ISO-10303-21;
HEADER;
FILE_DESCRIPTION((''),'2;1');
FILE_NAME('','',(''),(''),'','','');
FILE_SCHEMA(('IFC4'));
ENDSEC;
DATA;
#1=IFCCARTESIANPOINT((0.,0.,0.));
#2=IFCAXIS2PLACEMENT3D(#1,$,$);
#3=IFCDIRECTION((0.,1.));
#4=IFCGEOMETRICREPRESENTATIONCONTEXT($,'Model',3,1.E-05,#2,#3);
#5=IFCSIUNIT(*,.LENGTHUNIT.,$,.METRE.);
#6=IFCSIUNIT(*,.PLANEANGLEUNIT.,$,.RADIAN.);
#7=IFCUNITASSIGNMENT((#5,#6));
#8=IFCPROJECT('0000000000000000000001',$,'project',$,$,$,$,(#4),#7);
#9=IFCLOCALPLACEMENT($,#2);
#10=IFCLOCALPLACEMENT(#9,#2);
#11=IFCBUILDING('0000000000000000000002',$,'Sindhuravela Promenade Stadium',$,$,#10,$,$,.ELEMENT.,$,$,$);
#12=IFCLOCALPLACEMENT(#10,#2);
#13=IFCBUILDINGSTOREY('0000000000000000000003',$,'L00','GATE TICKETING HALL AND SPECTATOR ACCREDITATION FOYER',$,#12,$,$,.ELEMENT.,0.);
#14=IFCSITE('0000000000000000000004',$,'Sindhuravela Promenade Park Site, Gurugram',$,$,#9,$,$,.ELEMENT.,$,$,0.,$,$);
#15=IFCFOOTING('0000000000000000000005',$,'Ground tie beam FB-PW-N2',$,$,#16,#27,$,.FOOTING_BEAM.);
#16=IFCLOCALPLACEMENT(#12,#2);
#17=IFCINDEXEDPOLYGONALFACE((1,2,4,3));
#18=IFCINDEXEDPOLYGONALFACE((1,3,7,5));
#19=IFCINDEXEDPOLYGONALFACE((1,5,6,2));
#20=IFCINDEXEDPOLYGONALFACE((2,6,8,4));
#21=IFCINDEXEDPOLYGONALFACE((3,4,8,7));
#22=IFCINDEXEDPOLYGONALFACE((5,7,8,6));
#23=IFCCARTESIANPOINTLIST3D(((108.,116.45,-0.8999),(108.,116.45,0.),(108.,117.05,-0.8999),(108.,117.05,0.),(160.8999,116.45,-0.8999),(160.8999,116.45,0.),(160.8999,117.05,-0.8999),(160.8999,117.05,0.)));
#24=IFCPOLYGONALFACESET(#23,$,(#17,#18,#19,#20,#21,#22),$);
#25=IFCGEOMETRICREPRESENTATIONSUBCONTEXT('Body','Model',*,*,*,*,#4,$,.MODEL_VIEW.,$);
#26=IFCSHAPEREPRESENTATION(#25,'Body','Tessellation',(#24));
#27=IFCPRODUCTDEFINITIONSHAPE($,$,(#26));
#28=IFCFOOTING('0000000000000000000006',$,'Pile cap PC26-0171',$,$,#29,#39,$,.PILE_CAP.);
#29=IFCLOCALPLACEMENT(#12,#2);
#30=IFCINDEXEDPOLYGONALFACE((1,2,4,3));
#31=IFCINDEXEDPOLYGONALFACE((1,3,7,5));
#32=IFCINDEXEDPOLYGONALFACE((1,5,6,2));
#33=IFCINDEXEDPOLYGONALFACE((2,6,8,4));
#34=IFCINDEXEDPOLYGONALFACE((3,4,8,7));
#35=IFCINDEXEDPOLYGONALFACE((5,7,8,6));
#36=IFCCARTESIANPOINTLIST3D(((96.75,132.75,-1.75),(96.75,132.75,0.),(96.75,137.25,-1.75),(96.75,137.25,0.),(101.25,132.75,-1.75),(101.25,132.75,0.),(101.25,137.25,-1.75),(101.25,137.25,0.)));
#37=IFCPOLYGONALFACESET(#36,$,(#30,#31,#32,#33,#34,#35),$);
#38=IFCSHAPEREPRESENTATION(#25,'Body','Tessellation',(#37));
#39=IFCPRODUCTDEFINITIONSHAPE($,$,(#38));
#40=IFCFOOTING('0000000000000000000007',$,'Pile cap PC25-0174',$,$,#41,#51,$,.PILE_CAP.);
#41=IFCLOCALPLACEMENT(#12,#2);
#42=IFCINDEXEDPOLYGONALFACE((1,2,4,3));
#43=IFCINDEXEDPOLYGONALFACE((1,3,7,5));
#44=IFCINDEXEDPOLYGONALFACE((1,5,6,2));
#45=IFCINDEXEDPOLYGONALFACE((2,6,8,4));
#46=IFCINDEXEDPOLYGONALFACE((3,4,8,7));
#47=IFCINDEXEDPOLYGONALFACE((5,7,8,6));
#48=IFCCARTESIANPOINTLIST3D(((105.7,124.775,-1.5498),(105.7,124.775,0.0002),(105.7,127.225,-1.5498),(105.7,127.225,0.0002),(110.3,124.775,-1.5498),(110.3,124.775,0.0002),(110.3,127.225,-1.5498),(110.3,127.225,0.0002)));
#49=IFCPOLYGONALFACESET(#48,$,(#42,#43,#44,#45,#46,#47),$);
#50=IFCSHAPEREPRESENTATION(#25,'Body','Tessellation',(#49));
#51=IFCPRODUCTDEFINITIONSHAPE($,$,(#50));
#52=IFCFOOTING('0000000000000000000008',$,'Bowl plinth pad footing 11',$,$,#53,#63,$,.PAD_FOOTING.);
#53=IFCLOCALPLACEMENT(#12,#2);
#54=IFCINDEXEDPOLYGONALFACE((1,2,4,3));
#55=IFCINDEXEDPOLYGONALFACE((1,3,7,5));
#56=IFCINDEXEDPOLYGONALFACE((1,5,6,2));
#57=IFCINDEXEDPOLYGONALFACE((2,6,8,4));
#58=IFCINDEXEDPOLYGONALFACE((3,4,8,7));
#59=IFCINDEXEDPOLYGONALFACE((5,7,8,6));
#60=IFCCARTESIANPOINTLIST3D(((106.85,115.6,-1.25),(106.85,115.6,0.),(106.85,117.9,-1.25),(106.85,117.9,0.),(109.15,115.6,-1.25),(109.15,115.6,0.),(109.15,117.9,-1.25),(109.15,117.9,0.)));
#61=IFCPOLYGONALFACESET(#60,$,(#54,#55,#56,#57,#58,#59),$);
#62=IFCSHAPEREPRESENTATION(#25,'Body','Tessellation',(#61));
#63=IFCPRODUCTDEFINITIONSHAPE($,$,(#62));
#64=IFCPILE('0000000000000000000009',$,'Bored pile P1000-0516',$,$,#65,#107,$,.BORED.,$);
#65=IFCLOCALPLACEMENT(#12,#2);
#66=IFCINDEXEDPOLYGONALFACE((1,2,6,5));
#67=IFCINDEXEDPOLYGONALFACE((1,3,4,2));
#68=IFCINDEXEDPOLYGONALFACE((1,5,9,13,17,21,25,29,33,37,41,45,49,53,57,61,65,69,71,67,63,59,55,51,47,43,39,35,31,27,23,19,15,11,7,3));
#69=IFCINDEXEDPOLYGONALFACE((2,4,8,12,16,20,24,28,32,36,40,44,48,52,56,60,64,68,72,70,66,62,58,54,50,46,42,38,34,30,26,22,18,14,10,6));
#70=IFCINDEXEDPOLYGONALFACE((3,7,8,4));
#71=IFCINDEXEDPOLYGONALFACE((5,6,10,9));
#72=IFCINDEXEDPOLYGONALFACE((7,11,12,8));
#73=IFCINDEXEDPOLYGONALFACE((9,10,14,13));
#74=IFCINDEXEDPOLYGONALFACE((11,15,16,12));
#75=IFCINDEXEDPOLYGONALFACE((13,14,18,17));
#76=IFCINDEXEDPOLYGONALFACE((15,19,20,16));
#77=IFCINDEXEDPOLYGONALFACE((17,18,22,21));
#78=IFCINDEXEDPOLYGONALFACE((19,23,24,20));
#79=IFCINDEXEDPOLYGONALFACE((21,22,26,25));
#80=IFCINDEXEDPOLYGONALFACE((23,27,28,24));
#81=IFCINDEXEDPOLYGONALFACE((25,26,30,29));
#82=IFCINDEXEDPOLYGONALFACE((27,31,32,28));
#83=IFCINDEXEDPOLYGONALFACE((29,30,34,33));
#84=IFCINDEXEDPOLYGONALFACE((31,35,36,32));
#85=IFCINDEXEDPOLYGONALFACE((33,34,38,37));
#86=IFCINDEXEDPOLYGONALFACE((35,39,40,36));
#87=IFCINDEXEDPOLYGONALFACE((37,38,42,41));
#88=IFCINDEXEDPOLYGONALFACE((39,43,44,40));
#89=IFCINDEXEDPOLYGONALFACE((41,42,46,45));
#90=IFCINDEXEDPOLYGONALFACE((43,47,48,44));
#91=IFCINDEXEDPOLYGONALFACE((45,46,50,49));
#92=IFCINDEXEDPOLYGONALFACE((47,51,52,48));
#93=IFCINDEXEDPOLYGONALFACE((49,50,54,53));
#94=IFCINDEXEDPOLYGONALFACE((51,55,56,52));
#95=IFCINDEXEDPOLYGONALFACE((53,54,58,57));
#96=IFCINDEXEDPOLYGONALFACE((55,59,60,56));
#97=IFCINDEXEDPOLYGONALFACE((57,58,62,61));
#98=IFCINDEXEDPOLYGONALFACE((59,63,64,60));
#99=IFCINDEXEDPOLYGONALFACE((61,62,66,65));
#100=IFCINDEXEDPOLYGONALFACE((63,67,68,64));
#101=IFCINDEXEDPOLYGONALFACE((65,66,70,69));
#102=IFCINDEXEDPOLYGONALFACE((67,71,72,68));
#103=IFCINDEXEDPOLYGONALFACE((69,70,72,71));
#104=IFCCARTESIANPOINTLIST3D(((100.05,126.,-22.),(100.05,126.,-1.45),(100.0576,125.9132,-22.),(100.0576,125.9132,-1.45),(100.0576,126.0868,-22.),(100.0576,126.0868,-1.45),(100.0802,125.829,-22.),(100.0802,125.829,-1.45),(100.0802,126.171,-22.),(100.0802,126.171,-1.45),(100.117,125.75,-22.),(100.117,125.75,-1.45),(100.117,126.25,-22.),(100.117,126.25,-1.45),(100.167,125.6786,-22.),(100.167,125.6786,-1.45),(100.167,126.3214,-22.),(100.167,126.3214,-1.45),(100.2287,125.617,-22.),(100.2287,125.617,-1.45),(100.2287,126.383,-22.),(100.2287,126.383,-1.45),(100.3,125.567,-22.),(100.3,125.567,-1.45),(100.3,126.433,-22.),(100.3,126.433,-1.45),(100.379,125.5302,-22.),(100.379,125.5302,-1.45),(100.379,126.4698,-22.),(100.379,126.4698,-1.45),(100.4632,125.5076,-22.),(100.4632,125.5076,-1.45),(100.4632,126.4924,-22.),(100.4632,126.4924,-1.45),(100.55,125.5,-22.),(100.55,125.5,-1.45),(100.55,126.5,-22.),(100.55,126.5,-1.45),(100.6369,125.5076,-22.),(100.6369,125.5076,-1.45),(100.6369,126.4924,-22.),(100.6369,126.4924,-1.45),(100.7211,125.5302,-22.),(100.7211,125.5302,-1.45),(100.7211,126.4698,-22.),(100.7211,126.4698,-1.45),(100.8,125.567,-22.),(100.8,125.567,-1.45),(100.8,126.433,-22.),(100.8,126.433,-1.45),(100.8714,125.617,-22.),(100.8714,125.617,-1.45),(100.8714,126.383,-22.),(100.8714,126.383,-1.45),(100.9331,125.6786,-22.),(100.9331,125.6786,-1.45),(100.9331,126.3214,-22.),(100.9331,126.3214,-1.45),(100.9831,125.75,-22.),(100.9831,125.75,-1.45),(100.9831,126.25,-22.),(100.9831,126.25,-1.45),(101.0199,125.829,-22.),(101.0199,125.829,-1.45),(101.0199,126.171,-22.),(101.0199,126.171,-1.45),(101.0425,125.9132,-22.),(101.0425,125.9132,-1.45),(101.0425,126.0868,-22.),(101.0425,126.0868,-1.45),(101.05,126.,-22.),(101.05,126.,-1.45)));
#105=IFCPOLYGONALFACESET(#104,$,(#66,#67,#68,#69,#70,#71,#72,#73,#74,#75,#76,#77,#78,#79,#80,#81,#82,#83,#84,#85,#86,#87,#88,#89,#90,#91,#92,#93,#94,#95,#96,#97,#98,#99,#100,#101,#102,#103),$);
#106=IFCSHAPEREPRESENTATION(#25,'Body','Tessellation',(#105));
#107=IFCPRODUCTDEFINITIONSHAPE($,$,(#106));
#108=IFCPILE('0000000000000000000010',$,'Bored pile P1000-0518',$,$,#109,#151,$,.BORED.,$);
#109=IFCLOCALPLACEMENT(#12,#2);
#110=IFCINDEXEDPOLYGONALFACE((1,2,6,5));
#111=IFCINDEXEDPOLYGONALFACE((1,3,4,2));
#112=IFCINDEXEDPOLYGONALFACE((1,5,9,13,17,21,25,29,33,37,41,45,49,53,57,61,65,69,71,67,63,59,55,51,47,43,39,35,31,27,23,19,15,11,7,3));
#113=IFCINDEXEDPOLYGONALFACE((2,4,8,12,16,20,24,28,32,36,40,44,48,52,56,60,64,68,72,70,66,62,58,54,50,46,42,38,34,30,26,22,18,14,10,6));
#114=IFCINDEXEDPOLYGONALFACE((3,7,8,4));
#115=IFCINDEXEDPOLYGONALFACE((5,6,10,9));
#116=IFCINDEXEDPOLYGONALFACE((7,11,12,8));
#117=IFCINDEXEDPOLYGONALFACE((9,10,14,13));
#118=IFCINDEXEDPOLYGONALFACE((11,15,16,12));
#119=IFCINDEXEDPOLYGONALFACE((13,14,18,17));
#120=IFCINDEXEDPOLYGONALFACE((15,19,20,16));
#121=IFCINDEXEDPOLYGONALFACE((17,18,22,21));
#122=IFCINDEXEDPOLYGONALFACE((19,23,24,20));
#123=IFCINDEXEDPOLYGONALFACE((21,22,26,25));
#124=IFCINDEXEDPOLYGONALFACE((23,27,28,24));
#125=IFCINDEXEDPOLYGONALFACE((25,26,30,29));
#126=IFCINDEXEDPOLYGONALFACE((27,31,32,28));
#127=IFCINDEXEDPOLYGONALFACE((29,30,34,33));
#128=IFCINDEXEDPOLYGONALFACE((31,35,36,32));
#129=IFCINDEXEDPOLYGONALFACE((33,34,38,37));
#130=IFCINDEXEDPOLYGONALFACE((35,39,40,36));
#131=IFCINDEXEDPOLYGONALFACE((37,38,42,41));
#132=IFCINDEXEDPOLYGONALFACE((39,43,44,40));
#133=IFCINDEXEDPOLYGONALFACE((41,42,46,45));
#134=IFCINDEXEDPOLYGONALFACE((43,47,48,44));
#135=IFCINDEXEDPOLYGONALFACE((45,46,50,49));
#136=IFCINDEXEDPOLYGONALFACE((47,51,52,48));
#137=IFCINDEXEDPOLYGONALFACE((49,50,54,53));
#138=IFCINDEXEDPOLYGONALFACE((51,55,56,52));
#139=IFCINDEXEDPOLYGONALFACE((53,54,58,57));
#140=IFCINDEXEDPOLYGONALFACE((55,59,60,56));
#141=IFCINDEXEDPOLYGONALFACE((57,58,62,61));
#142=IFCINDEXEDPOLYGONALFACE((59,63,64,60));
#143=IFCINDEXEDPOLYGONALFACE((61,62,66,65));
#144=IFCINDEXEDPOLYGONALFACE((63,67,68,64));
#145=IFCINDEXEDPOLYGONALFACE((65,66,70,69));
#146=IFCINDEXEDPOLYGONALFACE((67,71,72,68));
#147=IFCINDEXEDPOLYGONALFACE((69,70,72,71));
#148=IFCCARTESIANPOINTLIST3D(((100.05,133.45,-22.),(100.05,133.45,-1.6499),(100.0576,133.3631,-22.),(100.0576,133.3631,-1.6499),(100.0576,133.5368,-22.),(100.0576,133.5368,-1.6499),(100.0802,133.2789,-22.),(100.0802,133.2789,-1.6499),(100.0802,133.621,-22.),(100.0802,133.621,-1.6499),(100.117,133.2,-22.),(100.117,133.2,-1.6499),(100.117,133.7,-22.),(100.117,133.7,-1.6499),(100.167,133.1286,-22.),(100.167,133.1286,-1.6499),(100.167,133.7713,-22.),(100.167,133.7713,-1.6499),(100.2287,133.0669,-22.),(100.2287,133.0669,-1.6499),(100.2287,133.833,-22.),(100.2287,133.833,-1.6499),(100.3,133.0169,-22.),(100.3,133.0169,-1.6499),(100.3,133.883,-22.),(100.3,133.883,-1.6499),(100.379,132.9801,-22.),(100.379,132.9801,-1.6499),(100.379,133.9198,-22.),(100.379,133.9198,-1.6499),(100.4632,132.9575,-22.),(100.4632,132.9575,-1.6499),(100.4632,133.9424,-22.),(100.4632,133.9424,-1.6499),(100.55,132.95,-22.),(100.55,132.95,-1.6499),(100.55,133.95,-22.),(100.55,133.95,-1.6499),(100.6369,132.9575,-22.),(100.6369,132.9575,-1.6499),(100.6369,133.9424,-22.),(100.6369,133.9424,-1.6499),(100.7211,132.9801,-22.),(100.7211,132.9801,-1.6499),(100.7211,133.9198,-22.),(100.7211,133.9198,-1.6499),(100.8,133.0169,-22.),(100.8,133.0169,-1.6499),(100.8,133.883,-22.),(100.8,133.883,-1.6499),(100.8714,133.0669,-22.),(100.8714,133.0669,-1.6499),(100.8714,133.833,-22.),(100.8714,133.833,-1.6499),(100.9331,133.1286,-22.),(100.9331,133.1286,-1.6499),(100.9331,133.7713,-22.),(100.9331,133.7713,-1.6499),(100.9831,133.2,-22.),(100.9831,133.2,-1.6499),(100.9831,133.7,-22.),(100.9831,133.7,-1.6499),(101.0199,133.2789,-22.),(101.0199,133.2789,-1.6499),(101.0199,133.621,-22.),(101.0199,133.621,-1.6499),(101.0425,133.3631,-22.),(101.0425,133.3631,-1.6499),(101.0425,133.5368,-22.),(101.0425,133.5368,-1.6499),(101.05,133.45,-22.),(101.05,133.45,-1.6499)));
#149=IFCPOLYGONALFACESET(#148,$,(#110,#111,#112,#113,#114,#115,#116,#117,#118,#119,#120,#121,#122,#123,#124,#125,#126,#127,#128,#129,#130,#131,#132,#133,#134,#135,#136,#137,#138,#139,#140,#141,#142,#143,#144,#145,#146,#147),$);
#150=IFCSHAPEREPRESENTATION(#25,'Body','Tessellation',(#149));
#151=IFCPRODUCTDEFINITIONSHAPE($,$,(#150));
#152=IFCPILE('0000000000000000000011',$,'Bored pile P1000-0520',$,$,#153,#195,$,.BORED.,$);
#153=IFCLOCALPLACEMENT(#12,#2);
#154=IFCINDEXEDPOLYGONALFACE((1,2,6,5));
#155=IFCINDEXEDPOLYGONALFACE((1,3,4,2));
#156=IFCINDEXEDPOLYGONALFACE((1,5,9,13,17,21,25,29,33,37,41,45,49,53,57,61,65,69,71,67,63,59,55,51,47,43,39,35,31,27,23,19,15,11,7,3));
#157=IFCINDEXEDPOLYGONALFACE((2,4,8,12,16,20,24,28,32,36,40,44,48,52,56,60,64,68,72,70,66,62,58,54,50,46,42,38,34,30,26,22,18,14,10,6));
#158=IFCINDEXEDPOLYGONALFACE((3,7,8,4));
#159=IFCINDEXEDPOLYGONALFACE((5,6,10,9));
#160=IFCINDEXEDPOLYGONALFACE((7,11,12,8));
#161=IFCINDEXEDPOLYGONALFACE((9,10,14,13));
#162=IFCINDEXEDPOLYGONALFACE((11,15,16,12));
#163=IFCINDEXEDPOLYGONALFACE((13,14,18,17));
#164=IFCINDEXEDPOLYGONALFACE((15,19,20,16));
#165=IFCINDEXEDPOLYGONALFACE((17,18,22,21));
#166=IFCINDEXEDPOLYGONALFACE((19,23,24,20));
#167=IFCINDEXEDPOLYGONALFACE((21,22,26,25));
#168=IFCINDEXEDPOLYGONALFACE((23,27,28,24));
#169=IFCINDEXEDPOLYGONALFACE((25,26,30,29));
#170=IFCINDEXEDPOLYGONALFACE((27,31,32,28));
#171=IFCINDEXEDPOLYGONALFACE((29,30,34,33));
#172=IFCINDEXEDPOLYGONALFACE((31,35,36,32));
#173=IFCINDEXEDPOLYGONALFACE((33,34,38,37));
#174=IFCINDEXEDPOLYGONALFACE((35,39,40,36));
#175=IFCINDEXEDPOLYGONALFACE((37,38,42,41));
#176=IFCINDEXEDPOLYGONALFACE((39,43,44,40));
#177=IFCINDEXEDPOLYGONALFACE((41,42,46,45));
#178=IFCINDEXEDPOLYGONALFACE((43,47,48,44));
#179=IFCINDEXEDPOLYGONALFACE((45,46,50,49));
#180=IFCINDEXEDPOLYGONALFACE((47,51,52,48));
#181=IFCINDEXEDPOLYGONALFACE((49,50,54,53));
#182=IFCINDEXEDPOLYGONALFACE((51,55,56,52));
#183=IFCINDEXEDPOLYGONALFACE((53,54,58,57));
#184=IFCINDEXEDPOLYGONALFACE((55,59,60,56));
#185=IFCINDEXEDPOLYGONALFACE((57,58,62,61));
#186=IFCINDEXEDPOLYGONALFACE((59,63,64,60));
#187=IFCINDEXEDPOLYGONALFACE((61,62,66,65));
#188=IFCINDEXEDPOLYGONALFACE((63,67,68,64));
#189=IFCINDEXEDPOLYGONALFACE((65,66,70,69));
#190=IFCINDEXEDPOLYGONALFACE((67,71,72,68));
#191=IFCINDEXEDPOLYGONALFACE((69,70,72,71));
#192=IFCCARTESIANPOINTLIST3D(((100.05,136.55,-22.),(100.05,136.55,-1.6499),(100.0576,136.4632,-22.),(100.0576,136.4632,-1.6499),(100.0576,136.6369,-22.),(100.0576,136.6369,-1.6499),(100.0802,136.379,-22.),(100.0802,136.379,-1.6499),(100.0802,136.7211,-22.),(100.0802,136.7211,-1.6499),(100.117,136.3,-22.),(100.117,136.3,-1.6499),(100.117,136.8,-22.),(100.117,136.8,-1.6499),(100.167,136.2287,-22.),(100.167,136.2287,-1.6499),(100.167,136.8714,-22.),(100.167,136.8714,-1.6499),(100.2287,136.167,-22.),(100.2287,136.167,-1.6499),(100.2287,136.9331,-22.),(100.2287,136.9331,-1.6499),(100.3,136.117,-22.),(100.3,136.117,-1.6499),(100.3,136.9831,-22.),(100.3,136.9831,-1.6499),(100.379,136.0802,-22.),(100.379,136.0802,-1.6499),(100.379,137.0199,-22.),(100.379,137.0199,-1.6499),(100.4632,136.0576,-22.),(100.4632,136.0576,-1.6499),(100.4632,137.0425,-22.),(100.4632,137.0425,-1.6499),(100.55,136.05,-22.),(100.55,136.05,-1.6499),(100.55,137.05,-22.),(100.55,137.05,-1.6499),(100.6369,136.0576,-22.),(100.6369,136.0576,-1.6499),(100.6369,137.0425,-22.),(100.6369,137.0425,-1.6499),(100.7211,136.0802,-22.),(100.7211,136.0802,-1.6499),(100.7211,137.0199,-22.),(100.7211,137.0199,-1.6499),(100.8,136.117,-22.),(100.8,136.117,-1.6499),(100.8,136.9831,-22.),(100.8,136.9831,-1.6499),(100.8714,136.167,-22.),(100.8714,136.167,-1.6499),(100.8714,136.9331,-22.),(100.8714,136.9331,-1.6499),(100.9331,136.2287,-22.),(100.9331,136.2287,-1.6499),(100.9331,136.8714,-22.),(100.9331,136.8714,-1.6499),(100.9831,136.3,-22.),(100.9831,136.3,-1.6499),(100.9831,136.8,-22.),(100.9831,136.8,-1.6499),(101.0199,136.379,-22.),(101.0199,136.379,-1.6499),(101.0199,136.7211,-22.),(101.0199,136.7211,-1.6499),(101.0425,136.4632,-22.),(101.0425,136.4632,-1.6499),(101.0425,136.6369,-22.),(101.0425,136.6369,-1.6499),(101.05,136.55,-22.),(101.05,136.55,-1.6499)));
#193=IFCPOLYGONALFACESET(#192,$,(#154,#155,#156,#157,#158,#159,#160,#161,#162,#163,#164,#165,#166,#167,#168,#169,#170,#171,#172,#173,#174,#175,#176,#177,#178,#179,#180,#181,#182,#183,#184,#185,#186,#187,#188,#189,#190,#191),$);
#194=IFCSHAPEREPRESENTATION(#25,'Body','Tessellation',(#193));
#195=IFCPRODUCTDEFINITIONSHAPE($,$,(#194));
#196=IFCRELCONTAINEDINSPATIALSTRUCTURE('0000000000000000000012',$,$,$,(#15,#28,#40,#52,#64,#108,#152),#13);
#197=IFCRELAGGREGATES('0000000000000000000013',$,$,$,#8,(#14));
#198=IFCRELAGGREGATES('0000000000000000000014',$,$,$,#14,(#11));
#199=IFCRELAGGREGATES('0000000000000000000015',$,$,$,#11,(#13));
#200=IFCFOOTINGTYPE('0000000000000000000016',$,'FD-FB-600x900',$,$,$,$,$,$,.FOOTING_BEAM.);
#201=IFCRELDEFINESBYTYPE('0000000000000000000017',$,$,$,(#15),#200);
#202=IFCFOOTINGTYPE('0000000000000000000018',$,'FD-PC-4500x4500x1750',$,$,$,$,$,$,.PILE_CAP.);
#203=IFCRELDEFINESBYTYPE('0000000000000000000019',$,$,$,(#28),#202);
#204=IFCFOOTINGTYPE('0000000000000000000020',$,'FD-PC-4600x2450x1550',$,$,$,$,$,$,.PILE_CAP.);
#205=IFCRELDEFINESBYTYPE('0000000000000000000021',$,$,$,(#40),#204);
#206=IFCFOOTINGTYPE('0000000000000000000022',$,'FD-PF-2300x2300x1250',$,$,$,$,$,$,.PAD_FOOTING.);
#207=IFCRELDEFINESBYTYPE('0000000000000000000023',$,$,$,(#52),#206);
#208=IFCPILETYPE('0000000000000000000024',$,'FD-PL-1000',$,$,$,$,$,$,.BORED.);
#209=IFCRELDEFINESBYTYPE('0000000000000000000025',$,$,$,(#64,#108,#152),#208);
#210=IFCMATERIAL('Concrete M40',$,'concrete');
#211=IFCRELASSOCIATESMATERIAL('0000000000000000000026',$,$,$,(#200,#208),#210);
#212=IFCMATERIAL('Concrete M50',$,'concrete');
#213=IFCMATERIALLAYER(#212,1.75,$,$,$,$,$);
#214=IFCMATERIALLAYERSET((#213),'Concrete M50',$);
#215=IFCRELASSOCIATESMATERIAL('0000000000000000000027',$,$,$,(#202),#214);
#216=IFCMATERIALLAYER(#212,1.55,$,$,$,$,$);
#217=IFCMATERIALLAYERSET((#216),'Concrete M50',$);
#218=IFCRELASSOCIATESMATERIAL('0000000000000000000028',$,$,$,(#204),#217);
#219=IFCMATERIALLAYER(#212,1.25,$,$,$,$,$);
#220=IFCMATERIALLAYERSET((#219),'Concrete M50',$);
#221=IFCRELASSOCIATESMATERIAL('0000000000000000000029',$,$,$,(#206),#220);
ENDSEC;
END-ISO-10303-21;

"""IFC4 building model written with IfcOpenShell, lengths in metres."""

from ifc_helpers import new_model, si_unit, direction, frame, origin, origin_2d, place, context, subcontext, project, spatial, rectangle, circle, extrude, material, layer, layer_set, material_profile, profile_set, type_object, element, save


model = new_model("IFC4")

# Units and contexts
model_context = context("Model", 3, precision=1e-05, world=origin(), true_north=direction((0.0, 1.0)))
body_context = subcontext(model_context, "Body", "Model", "MODEL_VIEW")
ifc_project = project(units=[si_unit("LENGTHUNIT", "METRE"), si_unit("PLANEANGLEUNIT", "RADIAN")], contexts=[model_context])

# Site, building, storey
site_placement = place(None, origin())
site = spatial("IfcSite", under=ifc_project, at=site_placement, Name="Sindhuravela Promenade Park Site, Gurugram", CompositionType="ELEMENT", RefElevation=0.0)
building_placement = place(site_placement, origin())
building = spatial("IfcBuilding", under=site, at=building_placement, Name="Sindhuravela Promenade Stadium", CompositionType="ELEMENT")
storey_placement = place(building_placement, origin())
storey = spatial("IfcBuildingStorey", under=building, at=storey_placement, Name="L00", Description="GATE TICKETING HALL AND SPECTATOR ACCREDITATION FOYER", CompositionType="ELEMENT", Elevation=0.0)

# Footings
ifc_material_1 = material(Name="Concrete M40", Category="concrete")
ifc_material_profile_1 = material_profile(ifc_material_1, rectangle(XDim=0.6001, YDim=0.8999, at=origin_2d()), Name="RC 600x900")
ifc_profile_set_1 = profile_set([ifc_material_profile_1], Name="Concrete M40")
footing_type_1 = type_object("IfcFootingType", Name="FD-FB-600x900", PredefinedType="FOOTING_BEAM", material=ifc_profile_set_1)
footing_1_placement = place(storey_placement, frame((108.0, 116.75, -0.45), z_axis=(1.0, 0.0, 0.0), x_axis=(0.0, 1.0, 0.0)))
element("IfcFooting", 1, at=footing_1_placement, inside=storey, type_object=footing_type_1, Name="Ground tie beam FB-PW-N2", PredefinedType="FOOTING_BEAM", context=body_context, shape_type="SweptSolid", body=[
    extrude(rectangle(XDim=0.6001, YDim=0.8999, at=origin_2d()), origin(), (0.0, 0.0, 1.0), 52.8999),
])
ifc_material_2 = material(Name="Concrete M50", Category="concrete")
ifc_layer_1 = layer(ifc_material_2, 1.75)
ifc_layer_set_1 = layer_set([ifc_layer_1], Name="Concrete M50")
footing_type_2 = type_object("IfcFootingType", Name="FD-PC-4500x4500x1750", PredefinedType="PILE_CAP", material=ifc_layer_set_1)
footing_2_placement = place(storey_placement, frame((99.0, 135.0, -1.75), z_axis=(0.0, 0.0, 1.0), x_axis=(1.0, 0.0, 0.0)))
element("IfcFooting", 2, at=footing_2_placement, inside=storey, type_object=footing_type_2, Name="Pile cap PC26-0171", PredefinedType="PILE_CAP", context=body_context, shape_type="SweptSolid", body=[
    extrude(rectangle(XDim=4.5, YDim=4.5, at=origin_2d()), origin(), (0.0, 0.0, 1.0), 1.75),
])
ifc_layer_2 = layer(ifc_material_2, 1.55)
ifc_layer_set_2 = layer_set([ifc_layer_2], Name="Concrete M50")
footing_type_3 = type_object("IfcFootingType", Name="FD-PC-4600x2450x1550", PredefinedType="PILE_CAP", material=ifc_layer_set_2)
footing_3_placement = place(storey_placement, frame((108.0, 126.0, -1.5498), z_axis=(0.0, 0.0, 1.0), x_axis=(1.0, 0.0, 0.0)))
element("IfcFooting", 3, at=footing_3_placement, inside=storey, type_object=footing_type_3, Name="Pile cap PC25-0174", PredefinedType="PILE_CAP", context=body_context, shape_type="SweptSolid", body=[
    extrude(rectangle(XDim=4.6001, YDim=2.45, at=origin_2d()), origin(), (0.0, 0.0, 1.0), 1.55),
])
ifc_layer_3 = layer(ifc_material_2, 1.25)
ifc_layer_set_3 = layer_set([ifc_layer_3], Name="Concrete M50")
footing_type_4 = type_object("IfcFootingType", Name="FD-PF-2300x2300x1250", PredefinedType="PAD_FOOTING", material=ifc_layer_set_3)
footing_4_placement = place(storey_placement, frame((108.0, 116.75, -1.25), z_axis=(0.0, 0.0, 1.0), x_axis=(1.0, 0.0, 0.0)))
element("IfcFooting", 4, at=footing_4_placement, inside=storey, type_object=footing_type_4, Name="Bowl plinth pad footing 11", PredefinedType="PAD_FOOTING", context=body_context, shape_type="SweptSolid", body=[
    extrude(rectangle(XDim=2.3, YDim=2.3, at=origin_2d()), origin(), (0.0, 0.0, 1.0), 1.25),
])

# Piles
ifc_material_profile_2 = material_profile(ifc_material_1, circle(Radius=0.5, at=origin_2d()), Name="BORED PILE D1000")
ifc_profile_set_2 = profile_set([ifc_material_profile_2], Name="Concrete M40")
pile_type = type_object("IfcPileType", Name="FD-PL-1000", PredefinedType="BORED", material=ifc_profile_set_2)
pile_1_placement = place(storey_placement, frame((100.55, 126.0, -1.45), z_axis=(0.0, 0.0, -1.0), x_axis=(1.0, 0.0, 0.0)))
element("IfcPile", 5, at=pile_1_placement, inside=storey, type_object=pile_type, Name="Bored pile P1000-0516", PredefinedType="BORED", context=body_context, shape_type="SweptSolid", body=[
    extrude(circle(Radius=0.5, at=origin_2d()), origin(), (0.0, 0.0, 1.0), 20.55),
])
for number, where, z_axis, x_axis, name in (
    (6, (100.55, 133.45, -1.6499), (0.0, 0.0, -1.0), (1.0, 0.0, 0.0), "Bored pile P1000-0518"),
    (7, (100.55, 136.55, -1.6499), (0.0, 0.0, -1.0), (1.0, 0.0, 0.0), "Bored pile P1000-0520"),
):
    element("IfcPile", number, at=place(storey_placement, frame(where, z_axis=z_axis, x_axis=x_axis)), inside=storey, type_object=pile_type, Name=name, PredefinedType="BORED", context=body_context, shape_type="SweptSolid", body=[
        extrude(circle(Radius=0.5, at=origin_2d()), origin(), (0.0, 0.0, 1.0), 20.3501),
    ])

save(model, "model.ifc")
